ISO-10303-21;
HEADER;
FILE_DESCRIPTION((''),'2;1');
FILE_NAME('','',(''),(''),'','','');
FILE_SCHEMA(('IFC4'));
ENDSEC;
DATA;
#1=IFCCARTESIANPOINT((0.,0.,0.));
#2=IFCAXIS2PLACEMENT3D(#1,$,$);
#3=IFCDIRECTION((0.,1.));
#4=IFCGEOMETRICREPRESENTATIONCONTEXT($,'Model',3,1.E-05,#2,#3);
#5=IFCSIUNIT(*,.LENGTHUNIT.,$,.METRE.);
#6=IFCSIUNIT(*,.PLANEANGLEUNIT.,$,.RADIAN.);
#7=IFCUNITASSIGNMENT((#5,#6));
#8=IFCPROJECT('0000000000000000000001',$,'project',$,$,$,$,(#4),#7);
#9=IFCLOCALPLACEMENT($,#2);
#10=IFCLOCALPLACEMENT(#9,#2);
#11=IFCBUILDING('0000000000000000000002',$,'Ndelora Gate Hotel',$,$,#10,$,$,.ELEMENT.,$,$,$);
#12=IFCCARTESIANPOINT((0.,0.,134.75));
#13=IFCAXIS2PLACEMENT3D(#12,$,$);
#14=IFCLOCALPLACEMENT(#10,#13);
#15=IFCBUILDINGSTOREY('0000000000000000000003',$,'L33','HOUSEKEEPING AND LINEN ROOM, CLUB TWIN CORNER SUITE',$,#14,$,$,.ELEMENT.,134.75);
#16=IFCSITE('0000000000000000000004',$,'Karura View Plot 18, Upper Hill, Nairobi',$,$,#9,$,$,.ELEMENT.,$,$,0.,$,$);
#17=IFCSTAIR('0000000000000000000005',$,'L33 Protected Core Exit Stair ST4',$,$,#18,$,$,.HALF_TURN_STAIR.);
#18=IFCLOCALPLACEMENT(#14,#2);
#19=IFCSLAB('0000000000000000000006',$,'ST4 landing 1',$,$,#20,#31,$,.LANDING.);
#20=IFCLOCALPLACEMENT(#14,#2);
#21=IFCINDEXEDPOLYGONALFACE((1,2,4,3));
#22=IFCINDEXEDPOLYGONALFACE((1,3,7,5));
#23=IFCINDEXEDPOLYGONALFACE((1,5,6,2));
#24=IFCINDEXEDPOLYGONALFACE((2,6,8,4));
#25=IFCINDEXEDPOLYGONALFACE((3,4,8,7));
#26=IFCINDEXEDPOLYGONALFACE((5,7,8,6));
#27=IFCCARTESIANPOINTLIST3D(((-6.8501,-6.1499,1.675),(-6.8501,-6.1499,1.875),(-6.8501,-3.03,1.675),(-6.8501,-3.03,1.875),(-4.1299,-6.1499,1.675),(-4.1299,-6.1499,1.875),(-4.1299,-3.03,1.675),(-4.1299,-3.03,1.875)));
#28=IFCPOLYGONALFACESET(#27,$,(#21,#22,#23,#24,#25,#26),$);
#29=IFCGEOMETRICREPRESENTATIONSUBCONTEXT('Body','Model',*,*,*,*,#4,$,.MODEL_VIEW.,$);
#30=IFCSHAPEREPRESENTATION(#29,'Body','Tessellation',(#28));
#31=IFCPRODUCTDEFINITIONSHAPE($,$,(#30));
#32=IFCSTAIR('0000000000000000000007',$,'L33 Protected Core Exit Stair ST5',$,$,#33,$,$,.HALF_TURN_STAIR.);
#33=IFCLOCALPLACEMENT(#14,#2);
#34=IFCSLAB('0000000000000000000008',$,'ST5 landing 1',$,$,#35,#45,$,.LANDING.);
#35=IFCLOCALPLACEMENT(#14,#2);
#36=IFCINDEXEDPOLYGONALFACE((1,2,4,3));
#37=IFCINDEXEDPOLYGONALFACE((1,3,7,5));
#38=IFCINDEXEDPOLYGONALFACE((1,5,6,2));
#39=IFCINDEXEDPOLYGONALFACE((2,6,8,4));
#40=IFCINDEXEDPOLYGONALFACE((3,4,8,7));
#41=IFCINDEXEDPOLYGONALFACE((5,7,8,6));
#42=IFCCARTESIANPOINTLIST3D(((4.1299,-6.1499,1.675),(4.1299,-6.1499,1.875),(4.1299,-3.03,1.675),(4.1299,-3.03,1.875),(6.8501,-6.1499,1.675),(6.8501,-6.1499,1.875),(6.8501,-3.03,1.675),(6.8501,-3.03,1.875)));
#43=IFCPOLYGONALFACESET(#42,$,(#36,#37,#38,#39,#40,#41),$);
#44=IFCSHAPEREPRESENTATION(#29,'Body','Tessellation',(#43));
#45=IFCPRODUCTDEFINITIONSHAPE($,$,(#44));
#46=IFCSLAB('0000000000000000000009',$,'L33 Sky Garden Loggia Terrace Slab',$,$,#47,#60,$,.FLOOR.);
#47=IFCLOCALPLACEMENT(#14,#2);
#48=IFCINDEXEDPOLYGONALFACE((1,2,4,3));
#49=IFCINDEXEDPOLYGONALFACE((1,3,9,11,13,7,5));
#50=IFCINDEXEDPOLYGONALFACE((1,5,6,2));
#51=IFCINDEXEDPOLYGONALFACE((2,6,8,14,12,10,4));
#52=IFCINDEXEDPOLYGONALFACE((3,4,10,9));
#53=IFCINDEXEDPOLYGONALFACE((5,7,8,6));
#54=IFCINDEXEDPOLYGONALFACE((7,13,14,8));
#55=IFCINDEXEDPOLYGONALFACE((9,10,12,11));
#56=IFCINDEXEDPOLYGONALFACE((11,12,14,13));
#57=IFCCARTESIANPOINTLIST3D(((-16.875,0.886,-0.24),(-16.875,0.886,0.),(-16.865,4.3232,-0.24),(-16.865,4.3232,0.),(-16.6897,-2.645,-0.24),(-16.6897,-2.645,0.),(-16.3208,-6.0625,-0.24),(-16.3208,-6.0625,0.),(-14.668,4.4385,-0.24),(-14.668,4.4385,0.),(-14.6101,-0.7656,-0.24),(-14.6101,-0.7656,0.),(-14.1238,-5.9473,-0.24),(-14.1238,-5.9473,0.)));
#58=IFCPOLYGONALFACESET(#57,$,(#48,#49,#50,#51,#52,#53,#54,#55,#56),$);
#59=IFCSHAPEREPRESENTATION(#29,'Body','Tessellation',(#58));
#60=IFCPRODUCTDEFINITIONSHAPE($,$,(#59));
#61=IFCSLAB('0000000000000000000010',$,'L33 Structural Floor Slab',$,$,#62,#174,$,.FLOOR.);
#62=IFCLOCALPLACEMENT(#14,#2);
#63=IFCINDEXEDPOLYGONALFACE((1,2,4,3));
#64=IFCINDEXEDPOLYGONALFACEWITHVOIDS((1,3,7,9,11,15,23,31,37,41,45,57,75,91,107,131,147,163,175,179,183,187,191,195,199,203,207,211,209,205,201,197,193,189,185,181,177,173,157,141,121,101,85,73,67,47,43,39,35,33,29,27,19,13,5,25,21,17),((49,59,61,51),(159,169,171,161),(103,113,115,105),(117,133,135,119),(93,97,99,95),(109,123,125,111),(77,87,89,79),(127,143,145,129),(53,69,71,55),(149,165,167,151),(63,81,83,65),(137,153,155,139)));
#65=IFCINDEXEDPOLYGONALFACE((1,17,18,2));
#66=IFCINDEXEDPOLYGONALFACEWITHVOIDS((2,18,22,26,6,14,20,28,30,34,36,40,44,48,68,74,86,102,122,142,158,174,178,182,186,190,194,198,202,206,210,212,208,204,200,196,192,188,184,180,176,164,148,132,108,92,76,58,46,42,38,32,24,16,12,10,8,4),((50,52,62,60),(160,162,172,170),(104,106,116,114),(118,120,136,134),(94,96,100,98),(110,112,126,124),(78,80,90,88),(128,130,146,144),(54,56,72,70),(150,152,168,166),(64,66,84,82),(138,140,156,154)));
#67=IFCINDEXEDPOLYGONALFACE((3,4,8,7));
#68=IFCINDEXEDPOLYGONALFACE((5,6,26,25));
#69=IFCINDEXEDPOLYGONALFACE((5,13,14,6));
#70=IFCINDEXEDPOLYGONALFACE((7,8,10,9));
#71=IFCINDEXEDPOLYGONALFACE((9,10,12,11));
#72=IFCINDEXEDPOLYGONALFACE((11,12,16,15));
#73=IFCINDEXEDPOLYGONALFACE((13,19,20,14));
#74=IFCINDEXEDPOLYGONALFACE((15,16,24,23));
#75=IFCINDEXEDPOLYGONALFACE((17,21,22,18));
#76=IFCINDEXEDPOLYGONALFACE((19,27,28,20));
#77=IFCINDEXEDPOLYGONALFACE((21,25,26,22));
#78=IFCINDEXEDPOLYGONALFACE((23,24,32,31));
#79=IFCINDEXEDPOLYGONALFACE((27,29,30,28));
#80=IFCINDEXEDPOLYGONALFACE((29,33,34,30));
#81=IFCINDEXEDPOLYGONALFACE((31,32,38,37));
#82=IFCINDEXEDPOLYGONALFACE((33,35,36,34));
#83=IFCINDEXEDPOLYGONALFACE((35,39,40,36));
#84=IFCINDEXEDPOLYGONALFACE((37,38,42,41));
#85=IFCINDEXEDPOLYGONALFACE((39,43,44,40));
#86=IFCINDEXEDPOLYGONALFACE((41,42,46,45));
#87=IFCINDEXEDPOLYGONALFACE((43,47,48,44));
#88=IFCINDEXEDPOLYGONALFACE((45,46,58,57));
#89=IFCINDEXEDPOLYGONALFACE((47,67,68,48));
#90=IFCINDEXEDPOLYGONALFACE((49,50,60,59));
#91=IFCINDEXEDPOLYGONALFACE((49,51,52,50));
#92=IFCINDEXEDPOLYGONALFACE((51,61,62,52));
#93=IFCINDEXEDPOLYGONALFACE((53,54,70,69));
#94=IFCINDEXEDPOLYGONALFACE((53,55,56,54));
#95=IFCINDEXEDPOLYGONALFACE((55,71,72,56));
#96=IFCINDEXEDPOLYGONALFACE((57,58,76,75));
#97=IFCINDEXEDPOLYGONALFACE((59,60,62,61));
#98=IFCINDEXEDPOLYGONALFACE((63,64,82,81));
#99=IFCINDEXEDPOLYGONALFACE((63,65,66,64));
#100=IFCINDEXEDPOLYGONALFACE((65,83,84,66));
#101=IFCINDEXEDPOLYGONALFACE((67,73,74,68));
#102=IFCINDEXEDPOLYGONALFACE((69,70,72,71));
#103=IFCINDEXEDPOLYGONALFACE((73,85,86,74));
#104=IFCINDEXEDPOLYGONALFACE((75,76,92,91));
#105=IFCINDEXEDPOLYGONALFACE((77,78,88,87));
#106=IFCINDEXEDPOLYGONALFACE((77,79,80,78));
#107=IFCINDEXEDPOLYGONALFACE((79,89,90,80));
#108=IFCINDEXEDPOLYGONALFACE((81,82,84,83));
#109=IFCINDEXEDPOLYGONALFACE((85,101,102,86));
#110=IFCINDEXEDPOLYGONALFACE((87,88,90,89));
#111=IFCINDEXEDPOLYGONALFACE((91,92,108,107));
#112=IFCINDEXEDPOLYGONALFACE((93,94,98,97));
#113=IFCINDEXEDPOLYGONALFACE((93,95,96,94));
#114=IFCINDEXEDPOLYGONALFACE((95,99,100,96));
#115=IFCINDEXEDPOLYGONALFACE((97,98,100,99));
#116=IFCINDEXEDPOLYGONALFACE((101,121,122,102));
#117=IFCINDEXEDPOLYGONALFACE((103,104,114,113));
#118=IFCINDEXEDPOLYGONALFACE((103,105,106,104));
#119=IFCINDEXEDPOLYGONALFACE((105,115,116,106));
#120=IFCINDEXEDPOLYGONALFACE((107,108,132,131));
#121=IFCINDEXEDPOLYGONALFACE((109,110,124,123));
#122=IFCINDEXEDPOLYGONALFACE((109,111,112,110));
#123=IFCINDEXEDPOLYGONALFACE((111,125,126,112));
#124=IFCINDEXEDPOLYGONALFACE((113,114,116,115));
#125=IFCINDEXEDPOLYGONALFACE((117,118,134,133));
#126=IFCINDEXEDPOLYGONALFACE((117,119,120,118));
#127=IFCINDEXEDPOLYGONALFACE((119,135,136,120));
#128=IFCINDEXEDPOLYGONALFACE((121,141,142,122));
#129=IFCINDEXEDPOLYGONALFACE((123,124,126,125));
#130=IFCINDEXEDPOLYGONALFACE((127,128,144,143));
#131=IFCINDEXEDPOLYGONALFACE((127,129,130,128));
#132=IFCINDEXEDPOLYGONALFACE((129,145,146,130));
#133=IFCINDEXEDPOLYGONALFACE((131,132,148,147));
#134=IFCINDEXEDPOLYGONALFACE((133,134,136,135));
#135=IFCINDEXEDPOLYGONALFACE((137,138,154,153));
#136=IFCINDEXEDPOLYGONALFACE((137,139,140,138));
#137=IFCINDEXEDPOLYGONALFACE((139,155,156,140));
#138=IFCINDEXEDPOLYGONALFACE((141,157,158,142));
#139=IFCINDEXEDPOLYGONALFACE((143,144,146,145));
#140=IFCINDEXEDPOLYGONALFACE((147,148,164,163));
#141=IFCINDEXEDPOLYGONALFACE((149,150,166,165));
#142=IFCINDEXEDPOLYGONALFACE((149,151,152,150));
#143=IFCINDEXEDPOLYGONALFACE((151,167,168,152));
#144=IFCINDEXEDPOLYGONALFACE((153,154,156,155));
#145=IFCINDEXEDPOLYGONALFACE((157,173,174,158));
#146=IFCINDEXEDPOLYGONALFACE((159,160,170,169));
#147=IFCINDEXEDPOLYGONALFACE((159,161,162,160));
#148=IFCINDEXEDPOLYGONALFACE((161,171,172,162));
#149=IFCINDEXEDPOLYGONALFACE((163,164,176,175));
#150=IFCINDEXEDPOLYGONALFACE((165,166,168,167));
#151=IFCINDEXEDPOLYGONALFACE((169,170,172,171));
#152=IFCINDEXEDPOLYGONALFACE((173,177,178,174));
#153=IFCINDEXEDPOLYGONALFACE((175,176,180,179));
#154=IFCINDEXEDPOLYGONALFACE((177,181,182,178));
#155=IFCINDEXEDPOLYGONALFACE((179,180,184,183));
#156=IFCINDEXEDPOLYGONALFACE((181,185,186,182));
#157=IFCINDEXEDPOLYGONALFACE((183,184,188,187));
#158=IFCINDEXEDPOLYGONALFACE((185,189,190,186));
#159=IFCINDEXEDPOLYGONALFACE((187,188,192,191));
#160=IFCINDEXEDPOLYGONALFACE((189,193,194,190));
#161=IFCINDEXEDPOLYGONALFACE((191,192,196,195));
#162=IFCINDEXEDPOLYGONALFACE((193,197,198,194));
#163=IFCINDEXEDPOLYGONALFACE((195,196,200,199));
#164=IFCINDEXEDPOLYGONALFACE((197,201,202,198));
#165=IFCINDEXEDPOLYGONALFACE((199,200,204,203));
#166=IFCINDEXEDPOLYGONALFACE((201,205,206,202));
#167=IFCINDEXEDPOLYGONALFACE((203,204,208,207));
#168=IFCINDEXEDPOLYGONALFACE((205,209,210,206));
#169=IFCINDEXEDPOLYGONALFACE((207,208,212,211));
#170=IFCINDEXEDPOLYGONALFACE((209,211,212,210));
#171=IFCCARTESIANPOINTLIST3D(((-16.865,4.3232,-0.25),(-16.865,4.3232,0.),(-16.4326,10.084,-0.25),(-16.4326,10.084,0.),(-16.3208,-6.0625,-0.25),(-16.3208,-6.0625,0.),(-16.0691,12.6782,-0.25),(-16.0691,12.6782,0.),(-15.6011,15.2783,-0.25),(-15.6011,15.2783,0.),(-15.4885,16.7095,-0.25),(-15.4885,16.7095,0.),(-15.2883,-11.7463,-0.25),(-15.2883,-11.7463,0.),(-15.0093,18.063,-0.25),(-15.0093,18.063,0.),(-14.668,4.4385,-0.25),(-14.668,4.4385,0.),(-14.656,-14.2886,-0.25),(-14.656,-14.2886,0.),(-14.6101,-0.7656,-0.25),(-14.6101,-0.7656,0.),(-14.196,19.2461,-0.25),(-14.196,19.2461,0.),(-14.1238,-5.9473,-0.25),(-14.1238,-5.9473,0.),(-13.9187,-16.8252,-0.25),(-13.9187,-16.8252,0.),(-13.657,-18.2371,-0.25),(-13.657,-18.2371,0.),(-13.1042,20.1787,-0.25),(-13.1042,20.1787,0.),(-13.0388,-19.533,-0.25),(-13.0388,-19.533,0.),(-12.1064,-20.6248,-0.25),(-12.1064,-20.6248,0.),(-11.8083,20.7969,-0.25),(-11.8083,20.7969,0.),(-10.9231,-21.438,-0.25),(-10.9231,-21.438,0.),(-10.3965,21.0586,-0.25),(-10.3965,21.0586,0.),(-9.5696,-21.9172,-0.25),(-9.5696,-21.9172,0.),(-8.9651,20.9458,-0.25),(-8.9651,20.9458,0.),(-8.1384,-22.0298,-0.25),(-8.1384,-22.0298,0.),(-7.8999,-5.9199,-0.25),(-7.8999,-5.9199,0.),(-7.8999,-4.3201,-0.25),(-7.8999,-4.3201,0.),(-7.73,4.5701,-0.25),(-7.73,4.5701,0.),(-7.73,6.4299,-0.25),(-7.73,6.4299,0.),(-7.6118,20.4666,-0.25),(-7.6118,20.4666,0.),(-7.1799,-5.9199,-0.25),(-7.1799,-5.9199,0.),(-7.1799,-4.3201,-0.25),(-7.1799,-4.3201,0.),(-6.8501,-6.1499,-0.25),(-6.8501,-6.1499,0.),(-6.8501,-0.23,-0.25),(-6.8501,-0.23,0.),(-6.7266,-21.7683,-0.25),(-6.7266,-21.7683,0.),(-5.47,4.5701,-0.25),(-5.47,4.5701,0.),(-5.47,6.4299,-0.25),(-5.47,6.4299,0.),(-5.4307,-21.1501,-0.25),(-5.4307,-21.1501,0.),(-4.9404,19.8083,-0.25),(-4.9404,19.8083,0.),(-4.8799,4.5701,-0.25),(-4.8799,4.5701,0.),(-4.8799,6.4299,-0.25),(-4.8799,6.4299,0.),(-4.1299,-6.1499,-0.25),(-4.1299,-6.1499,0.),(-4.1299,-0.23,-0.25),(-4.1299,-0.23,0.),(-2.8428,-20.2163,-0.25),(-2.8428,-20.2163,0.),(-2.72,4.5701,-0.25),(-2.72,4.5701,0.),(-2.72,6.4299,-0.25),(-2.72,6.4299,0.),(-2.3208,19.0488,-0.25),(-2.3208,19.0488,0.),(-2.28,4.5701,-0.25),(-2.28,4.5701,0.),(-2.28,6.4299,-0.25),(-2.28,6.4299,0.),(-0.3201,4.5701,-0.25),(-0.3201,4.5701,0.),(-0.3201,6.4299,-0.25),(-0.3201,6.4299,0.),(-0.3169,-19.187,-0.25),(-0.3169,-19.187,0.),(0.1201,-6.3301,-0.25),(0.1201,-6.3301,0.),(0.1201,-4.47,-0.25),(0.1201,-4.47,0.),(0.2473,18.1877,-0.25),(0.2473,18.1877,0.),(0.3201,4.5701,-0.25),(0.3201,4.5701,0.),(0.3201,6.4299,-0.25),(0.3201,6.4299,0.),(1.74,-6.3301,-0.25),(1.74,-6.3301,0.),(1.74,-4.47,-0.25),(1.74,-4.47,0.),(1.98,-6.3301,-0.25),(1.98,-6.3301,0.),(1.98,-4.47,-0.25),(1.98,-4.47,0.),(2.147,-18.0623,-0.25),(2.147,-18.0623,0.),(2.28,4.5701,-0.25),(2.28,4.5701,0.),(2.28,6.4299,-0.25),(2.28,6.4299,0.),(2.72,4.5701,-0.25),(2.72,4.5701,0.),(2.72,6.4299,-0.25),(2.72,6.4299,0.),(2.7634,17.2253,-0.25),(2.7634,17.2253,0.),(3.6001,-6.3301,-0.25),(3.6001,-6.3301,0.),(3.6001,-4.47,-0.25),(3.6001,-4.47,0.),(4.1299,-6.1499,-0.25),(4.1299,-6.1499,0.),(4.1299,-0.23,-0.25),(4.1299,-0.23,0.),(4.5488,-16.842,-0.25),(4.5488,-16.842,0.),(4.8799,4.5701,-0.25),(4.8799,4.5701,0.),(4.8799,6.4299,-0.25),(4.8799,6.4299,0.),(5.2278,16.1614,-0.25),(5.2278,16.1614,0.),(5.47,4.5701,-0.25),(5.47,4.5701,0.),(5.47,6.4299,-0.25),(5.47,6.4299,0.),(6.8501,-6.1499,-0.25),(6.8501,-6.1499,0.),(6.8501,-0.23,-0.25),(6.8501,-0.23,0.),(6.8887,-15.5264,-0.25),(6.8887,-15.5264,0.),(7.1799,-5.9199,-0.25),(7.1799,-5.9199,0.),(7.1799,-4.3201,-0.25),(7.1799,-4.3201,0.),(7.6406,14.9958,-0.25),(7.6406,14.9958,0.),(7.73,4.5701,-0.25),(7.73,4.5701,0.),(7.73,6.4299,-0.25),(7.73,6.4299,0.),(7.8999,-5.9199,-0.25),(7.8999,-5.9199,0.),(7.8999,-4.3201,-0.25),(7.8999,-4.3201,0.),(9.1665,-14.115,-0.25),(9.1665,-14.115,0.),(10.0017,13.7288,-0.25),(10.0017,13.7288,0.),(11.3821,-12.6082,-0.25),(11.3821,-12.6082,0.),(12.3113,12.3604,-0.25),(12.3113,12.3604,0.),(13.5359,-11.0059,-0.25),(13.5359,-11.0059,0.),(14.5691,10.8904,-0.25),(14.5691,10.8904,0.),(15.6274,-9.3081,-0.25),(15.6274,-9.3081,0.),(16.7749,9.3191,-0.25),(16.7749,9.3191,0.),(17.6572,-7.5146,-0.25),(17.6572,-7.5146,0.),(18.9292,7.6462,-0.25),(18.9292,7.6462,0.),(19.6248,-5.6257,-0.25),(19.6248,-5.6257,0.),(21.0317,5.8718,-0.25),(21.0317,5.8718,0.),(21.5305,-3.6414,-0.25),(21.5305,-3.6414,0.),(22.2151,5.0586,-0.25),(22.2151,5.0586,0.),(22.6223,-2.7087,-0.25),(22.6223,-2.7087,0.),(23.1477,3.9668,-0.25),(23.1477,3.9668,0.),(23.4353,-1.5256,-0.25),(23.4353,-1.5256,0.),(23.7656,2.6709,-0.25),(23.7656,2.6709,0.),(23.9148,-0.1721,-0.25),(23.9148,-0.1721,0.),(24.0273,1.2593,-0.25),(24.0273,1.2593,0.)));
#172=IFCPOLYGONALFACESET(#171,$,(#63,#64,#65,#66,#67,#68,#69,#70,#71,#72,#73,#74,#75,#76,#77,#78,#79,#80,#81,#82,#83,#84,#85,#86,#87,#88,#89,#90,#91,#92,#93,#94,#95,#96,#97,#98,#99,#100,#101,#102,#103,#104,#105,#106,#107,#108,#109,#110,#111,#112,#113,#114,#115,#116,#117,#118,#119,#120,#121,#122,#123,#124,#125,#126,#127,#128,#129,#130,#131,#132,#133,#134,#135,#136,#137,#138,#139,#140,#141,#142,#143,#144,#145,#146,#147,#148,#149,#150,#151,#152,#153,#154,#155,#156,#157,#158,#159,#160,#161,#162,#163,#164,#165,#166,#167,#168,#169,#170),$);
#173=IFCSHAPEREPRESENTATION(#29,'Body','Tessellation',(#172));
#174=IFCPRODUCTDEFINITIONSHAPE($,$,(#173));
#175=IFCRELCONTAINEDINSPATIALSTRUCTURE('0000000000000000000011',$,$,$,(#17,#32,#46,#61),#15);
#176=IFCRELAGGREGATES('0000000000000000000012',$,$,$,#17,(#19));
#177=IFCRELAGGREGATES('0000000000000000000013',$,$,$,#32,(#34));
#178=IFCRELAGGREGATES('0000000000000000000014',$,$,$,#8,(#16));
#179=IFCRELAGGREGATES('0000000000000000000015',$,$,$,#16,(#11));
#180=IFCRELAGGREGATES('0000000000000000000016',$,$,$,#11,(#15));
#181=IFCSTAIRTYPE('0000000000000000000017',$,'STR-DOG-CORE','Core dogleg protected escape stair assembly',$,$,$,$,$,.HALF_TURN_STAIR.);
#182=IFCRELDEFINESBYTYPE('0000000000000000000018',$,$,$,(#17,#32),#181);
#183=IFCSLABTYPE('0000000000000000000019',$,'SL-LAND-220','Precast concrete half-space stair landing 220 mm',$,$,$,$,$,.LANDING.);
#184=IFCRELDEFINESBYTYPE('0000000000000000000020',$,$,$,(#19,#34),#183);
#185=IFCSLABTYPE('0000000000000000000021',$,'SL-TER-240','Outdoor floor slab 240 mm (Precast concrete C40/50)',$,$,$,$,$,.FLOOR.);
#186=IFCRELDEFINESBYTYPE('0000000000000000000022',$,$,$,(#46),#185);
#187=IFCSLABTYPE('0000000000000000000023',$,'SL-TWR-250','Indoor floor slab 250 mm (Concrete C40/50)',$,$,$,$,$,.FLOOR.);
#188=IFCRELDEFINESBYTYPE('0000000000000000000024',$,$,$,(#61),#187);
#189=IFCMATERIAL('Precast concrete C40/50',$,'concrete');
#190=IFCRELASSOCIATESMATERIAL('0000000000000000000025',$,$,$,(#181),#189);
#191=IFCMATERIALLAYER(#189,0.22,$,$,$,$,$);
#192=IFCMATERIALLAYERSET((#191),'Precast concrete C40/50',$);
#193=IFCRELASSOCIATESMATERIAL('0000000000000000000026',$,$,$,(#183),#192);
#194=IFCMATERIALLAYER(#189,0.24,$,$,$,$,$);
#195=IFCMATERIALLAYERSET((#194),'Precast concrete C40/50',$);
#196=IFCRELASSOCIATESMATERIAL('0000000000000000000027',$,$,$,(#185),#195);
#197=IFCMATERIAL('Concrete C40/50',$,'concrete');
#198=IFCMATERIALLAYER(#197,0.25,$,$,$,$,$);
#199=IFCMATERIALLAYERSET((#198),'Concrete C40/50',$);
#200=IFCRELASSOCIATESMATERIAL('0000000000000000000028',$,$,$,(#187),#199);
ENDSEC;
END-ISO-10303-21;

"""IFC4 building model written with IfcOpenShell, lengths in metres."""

from ifc_helpers import new_model, si_unit, direction, frame, origin, place, context, subcontext, project, spatial, polyline, outline, extrude, material, layer, layer_set, type_object, element, aggregate, save


model = new_model("IFC4")

# Units and contexts
model_context = context("Model", 3, precision=1e-05, world=origin(), true_north=direction((0.0, 1.0)))
body_context = subcontext(model_context, "Body", "Model", "MODEL_VIEW")
ifc_project = project(units=[si_unit("LENGTHUNIT", "METRE"), si_unit("PLANEANGLEUNIT", "RADIAN")], contexts=[model_context])

# Site, building, storey
site_placement = place(None, origin())
site = spatial("IfcSite", under=ifc_project, at=site_placement, Name="Karura View Plot 18, Upper Hill, Nairobi", CompositionType="ELEMENT", RefElevation=0.0)
building_placement = place(site_placement, origin())
building = spatial("IfcBuilding", under=site, at=building_placement, Name="Ndelora Gate Hotel", CompositionType="ELEMENT")
storey_placement = place(building_placement, frame((0.0, 0.0, 134.75)))
storey = spatial("IfcBuildingStorey", under=building, at=storey_placement, Name="L33", Description="HOUSEKEEPING AND LINEN ROOM, CLUB TWIN CORNER SUITE", CompositionType="ELEMENT", Elevation=134.75)

# Stairs, slabs
ifc_material_1 = material(Name="Precast concrete C40/50", Category="concrete")
stair_type = type_object("IfcStairType", Name="STR-DOG-CORE", Description="Core dogleg protected escape stair assembly", PredefinedType="HALF_TURN_STAIR", material=ifc_material_1)
stair_1_placement = place(storey_placement, origin())
stair_1 = element("IfcStair", 1, at=stair_1_placement, inside=storey, type_object=stair_type, Name="L33 Protected Core Exit Stair ST4", PredefinedType="HALF_TURN_STAIR")
ifc_layer_1 = layer(ifc_material_1, 0.22)
ifc_layer_set_1 = layer_set([ifc_layer_1], Name="Precast concrete C40/50")
slab_type_1 = type_object("IfcSlabType", Name="SL-LAND-220", Description="Precast concrete half-space stair landing 220 mm", PredefinedType="LANDING", material=ifc_layer_set_1)
slab_1_placement = place(storey_placement, frame((0.0, 0.0, 1.675)))
slab_1 = element("IfcSlab", 2, at=slab_1_placement, type_object=slab_type_1, Name="ST4 landing 1", PredefinedType="LANDING", context=body_context, shape_type="SweptSolid", body=[
    extrude(outline(polyline([(-6.8501, -3.03), (-6.8501, -6.1499), (-4.1299, -6.1499), (-4.1299, -3.03), (-6.8501, -3.03)])), origin(), (0.0, 0.0, 1.0), 0.2),
])
aggregate(stair_1, [slab_1])
stair_2_placement = place(storey_placement, origin())
stair_2 = element("IfcStair", 3, at=stair_2_placement, inside=storey, type_object=stair_type, Name="L33 Protected Core Exit Stair ST5", PredefinedType="HALF_TURN_STAIR")
slab_2_placement = place(storey_placement, frame((0.0, 0.0, 1.675)))
slab_2 = element("IfcSlab", 4, at=slab_2_placement, type_object=slab_type_1, Name="ST5 landing 1", PredefinedType="LANDING", context=body_context, shape_type="SweptSolid", body=[
    extrude(outline(polyline([(4.1299, -3.03), (4.1299, -6.1499), (6.8501, -6.1499), (6.8501, -3.03), (4.1299, -3.03)])), origin(), (0.0, 0.0, 1.0), 0.2),
])
aggregate(stair_2, [slab_2])

# Slabs
ifc_layer_2 = layer(ifc_material_1, 0.24)
ifc_layer_set_2 = layer_set([ifc_layer_2], Name="Precast concrete C40/50")
slab_type_2 = type_object("IfcSlabType", Name="SL-TER-240", Description="Outdoor floor slab 240 mm (Precast concrete C40/50)", PredefinedType="FLOOR", material=ifc_layer_set_2)
slab_3_placement = place(storey_placement, frame((0.0, 0.0, -0.24)))
element("IfcSlab", 5, at=slab_3_placement, inside=storey, type_object=slab_type_2, Name="L33 Sky Garden Loggia Terrace Slab", PredefinedType="FLOOR", context=body_context, shape_type="SweptSolid", body=[
    extrude(outline(polyline([(-14.668, 4.4385), (-16.865, 4.3232), (-16.875, 0.886), (-16.6897, -2.645), (-16.3208, -6.0625), (-14.1238, -5.9473), (-14.6101, -0.7656), (-14.668, 4.4385)])), origin(), (0.0, 0.0, 1.0), 0.24),
])
ifc_material_2 = material(Name="Concrete C40/50", Category="concrete")
ifc_layer_3 = layer(ifc_material_2, 0.25)
ifc_layer_set_3 = layer_set([ifc_layer_3], Name="Concrete C40/50")
slab_type_3 = type_object("IfcSlabType", Name="SL-TWR-250", Description="Indoor floor slab 250 mm (Concrete C40/50)", PredefinedType="FLOOR", material=ifc_layer_set_3)
slab_4_placement = place(storey_placement, frame((0.0, 0.0, -0.25)))
element("IfcSlab", 6, at=slab_4_placement, inside=storey, type_object=slab_type_3, Name="L33 Structural Floor Slab", PredefinedType="FLOOR", context=body_context, shape_type="SweptSolid", body=[
    extrude(outline(polyline([(-7.6118, 20.4666), (-8.9651, 20.9458), (-10.3965, 21.0586), (-11.8083, 20.7969), (-13.1042, 20.1787), (-14.196, 19.2461), (-15.0093, 18.063), (-15.4885, 16.7095), (-15.6011, 15.2783), (-16.0691, 12.6782), (-16.4326, 10.084), (-16.865, 4.3232), (-14.668, 4.4385), (-14.6101, -0.7656), (-14.1238, -5.9473), (-16.3208, -6.0625), (-15.2883, -11.7463), (-14.656, -14.2886), (-13.9187, -16.8252), (-13.657, -18.2371), (-13.0388, -19.533), (-12.1064, -20.6248), (-10.9231, -21.438), (-9.5696, -21.9172), (-8.1384, -22.0298), (-6.7266, -21.7683), (-5.4307, -21.1501), (-2.8428, -20.2163), (-0.3169, -19.187), (2.147, -18.0623), (4.5488, -16.842), (6.8887, -15.5264), (9.1665, -14.115), (11.3821, -12.6082), (13.5359, -11.0059), (15.6274, -9.3081), (17.6572, -7.5146), (19.6248, -5.6257), (21.5305, -3.6414), (22.6223, -2.7087), (23.4353, -1.5256), (23.9148, -0.1721), (24.0273, 1.2593), (23.7656, 2.6709), (23.1477, 3.9668), (22.2151, 5.0586), (21.0317, 5.8718), (18.9292, 7.6462), (16.7749, 9.3191), (14.5691, 10.8904), (12.3113, 12.3604), (10.0017, 13.7288), (7.6406, 14.9958), (5.2278, 16.1614), (2.7634, 17.2253), (0.2473, 18.1877), (-2.3208, 19.0488), (-4.9404, 19.8083), (-7.6118, 20.4666)]), holes=[polyline([(-6.8501, -0.23), (-6.8501, -6.1499), (-4.1299, -6.1499), (-4.1299, -0.23), (-6.8501, -0.23)]), polyline([(4.1299, -0.23), (4.1299, -6.1499), (6.8501, -6.1499), (6.8501, -0.23), (4.1299, -0.23)]), polyline([(-7.73, 4.5701), (-5.47, 4.5701), (-5.47, 6.4299), (-7.73, 6.4299), (-7.73, 4.5701)]), polyline([(5.47, 4.5701), (7.73, 4.5701), (7.73, 6.4299), (5.47, 6.4299), (5.47, 4.5701)]), polyline([(-4.8799, 4.5701), (-2.72, 4.5701), (-2.72, 6.4299), (-4.8799, 6.4299), (-4.8799, 4.5701)]), polyline([(2.72, 4.5701), (4.8799, 4.5701), (4.8799, 6.4299), (2.72, 6.4299), (2.72, 4.5701)]), polyline([(0.1201, -6.3301), (1.74, -6.3301), (1.74, -4.47), (0.1201, -4.47), (0.1201, -6.3301)]), polyline([(1.98, -6.3301), (3.6001, -6.3301), (3.6001, -4.47), (1.98, -4.47), (1.98, -6.3301)]), polyline([(-2.28, 4.5701), (-0.3201, 4.5701), (-0.3201, 6.4299), (-2.28, 6.4299), (-2.28, 4.5701)]), polyline([(0.3201, 4.5701), (2.28, 4.5701), (2.28, 6.4299), (0.3201, 6.4299), (0.3201, 4.5701)]), polyline([(-7.8999, -5.9199), (-7.1799, -5.9199), (-7.1799, -4.3201), (-7.8999, -4.3201), (-7.8999, -5.9199)]), polyline([(7.1799, -5.9199), (7.8999, -5.9199), (7.8999, -4.3201), (7.1799, -4.3201), (7.1799, -5.9199)])]), origin(), (0.0, 0.0, 1.0), 0.25),
])

save(model, "model.ifc")
